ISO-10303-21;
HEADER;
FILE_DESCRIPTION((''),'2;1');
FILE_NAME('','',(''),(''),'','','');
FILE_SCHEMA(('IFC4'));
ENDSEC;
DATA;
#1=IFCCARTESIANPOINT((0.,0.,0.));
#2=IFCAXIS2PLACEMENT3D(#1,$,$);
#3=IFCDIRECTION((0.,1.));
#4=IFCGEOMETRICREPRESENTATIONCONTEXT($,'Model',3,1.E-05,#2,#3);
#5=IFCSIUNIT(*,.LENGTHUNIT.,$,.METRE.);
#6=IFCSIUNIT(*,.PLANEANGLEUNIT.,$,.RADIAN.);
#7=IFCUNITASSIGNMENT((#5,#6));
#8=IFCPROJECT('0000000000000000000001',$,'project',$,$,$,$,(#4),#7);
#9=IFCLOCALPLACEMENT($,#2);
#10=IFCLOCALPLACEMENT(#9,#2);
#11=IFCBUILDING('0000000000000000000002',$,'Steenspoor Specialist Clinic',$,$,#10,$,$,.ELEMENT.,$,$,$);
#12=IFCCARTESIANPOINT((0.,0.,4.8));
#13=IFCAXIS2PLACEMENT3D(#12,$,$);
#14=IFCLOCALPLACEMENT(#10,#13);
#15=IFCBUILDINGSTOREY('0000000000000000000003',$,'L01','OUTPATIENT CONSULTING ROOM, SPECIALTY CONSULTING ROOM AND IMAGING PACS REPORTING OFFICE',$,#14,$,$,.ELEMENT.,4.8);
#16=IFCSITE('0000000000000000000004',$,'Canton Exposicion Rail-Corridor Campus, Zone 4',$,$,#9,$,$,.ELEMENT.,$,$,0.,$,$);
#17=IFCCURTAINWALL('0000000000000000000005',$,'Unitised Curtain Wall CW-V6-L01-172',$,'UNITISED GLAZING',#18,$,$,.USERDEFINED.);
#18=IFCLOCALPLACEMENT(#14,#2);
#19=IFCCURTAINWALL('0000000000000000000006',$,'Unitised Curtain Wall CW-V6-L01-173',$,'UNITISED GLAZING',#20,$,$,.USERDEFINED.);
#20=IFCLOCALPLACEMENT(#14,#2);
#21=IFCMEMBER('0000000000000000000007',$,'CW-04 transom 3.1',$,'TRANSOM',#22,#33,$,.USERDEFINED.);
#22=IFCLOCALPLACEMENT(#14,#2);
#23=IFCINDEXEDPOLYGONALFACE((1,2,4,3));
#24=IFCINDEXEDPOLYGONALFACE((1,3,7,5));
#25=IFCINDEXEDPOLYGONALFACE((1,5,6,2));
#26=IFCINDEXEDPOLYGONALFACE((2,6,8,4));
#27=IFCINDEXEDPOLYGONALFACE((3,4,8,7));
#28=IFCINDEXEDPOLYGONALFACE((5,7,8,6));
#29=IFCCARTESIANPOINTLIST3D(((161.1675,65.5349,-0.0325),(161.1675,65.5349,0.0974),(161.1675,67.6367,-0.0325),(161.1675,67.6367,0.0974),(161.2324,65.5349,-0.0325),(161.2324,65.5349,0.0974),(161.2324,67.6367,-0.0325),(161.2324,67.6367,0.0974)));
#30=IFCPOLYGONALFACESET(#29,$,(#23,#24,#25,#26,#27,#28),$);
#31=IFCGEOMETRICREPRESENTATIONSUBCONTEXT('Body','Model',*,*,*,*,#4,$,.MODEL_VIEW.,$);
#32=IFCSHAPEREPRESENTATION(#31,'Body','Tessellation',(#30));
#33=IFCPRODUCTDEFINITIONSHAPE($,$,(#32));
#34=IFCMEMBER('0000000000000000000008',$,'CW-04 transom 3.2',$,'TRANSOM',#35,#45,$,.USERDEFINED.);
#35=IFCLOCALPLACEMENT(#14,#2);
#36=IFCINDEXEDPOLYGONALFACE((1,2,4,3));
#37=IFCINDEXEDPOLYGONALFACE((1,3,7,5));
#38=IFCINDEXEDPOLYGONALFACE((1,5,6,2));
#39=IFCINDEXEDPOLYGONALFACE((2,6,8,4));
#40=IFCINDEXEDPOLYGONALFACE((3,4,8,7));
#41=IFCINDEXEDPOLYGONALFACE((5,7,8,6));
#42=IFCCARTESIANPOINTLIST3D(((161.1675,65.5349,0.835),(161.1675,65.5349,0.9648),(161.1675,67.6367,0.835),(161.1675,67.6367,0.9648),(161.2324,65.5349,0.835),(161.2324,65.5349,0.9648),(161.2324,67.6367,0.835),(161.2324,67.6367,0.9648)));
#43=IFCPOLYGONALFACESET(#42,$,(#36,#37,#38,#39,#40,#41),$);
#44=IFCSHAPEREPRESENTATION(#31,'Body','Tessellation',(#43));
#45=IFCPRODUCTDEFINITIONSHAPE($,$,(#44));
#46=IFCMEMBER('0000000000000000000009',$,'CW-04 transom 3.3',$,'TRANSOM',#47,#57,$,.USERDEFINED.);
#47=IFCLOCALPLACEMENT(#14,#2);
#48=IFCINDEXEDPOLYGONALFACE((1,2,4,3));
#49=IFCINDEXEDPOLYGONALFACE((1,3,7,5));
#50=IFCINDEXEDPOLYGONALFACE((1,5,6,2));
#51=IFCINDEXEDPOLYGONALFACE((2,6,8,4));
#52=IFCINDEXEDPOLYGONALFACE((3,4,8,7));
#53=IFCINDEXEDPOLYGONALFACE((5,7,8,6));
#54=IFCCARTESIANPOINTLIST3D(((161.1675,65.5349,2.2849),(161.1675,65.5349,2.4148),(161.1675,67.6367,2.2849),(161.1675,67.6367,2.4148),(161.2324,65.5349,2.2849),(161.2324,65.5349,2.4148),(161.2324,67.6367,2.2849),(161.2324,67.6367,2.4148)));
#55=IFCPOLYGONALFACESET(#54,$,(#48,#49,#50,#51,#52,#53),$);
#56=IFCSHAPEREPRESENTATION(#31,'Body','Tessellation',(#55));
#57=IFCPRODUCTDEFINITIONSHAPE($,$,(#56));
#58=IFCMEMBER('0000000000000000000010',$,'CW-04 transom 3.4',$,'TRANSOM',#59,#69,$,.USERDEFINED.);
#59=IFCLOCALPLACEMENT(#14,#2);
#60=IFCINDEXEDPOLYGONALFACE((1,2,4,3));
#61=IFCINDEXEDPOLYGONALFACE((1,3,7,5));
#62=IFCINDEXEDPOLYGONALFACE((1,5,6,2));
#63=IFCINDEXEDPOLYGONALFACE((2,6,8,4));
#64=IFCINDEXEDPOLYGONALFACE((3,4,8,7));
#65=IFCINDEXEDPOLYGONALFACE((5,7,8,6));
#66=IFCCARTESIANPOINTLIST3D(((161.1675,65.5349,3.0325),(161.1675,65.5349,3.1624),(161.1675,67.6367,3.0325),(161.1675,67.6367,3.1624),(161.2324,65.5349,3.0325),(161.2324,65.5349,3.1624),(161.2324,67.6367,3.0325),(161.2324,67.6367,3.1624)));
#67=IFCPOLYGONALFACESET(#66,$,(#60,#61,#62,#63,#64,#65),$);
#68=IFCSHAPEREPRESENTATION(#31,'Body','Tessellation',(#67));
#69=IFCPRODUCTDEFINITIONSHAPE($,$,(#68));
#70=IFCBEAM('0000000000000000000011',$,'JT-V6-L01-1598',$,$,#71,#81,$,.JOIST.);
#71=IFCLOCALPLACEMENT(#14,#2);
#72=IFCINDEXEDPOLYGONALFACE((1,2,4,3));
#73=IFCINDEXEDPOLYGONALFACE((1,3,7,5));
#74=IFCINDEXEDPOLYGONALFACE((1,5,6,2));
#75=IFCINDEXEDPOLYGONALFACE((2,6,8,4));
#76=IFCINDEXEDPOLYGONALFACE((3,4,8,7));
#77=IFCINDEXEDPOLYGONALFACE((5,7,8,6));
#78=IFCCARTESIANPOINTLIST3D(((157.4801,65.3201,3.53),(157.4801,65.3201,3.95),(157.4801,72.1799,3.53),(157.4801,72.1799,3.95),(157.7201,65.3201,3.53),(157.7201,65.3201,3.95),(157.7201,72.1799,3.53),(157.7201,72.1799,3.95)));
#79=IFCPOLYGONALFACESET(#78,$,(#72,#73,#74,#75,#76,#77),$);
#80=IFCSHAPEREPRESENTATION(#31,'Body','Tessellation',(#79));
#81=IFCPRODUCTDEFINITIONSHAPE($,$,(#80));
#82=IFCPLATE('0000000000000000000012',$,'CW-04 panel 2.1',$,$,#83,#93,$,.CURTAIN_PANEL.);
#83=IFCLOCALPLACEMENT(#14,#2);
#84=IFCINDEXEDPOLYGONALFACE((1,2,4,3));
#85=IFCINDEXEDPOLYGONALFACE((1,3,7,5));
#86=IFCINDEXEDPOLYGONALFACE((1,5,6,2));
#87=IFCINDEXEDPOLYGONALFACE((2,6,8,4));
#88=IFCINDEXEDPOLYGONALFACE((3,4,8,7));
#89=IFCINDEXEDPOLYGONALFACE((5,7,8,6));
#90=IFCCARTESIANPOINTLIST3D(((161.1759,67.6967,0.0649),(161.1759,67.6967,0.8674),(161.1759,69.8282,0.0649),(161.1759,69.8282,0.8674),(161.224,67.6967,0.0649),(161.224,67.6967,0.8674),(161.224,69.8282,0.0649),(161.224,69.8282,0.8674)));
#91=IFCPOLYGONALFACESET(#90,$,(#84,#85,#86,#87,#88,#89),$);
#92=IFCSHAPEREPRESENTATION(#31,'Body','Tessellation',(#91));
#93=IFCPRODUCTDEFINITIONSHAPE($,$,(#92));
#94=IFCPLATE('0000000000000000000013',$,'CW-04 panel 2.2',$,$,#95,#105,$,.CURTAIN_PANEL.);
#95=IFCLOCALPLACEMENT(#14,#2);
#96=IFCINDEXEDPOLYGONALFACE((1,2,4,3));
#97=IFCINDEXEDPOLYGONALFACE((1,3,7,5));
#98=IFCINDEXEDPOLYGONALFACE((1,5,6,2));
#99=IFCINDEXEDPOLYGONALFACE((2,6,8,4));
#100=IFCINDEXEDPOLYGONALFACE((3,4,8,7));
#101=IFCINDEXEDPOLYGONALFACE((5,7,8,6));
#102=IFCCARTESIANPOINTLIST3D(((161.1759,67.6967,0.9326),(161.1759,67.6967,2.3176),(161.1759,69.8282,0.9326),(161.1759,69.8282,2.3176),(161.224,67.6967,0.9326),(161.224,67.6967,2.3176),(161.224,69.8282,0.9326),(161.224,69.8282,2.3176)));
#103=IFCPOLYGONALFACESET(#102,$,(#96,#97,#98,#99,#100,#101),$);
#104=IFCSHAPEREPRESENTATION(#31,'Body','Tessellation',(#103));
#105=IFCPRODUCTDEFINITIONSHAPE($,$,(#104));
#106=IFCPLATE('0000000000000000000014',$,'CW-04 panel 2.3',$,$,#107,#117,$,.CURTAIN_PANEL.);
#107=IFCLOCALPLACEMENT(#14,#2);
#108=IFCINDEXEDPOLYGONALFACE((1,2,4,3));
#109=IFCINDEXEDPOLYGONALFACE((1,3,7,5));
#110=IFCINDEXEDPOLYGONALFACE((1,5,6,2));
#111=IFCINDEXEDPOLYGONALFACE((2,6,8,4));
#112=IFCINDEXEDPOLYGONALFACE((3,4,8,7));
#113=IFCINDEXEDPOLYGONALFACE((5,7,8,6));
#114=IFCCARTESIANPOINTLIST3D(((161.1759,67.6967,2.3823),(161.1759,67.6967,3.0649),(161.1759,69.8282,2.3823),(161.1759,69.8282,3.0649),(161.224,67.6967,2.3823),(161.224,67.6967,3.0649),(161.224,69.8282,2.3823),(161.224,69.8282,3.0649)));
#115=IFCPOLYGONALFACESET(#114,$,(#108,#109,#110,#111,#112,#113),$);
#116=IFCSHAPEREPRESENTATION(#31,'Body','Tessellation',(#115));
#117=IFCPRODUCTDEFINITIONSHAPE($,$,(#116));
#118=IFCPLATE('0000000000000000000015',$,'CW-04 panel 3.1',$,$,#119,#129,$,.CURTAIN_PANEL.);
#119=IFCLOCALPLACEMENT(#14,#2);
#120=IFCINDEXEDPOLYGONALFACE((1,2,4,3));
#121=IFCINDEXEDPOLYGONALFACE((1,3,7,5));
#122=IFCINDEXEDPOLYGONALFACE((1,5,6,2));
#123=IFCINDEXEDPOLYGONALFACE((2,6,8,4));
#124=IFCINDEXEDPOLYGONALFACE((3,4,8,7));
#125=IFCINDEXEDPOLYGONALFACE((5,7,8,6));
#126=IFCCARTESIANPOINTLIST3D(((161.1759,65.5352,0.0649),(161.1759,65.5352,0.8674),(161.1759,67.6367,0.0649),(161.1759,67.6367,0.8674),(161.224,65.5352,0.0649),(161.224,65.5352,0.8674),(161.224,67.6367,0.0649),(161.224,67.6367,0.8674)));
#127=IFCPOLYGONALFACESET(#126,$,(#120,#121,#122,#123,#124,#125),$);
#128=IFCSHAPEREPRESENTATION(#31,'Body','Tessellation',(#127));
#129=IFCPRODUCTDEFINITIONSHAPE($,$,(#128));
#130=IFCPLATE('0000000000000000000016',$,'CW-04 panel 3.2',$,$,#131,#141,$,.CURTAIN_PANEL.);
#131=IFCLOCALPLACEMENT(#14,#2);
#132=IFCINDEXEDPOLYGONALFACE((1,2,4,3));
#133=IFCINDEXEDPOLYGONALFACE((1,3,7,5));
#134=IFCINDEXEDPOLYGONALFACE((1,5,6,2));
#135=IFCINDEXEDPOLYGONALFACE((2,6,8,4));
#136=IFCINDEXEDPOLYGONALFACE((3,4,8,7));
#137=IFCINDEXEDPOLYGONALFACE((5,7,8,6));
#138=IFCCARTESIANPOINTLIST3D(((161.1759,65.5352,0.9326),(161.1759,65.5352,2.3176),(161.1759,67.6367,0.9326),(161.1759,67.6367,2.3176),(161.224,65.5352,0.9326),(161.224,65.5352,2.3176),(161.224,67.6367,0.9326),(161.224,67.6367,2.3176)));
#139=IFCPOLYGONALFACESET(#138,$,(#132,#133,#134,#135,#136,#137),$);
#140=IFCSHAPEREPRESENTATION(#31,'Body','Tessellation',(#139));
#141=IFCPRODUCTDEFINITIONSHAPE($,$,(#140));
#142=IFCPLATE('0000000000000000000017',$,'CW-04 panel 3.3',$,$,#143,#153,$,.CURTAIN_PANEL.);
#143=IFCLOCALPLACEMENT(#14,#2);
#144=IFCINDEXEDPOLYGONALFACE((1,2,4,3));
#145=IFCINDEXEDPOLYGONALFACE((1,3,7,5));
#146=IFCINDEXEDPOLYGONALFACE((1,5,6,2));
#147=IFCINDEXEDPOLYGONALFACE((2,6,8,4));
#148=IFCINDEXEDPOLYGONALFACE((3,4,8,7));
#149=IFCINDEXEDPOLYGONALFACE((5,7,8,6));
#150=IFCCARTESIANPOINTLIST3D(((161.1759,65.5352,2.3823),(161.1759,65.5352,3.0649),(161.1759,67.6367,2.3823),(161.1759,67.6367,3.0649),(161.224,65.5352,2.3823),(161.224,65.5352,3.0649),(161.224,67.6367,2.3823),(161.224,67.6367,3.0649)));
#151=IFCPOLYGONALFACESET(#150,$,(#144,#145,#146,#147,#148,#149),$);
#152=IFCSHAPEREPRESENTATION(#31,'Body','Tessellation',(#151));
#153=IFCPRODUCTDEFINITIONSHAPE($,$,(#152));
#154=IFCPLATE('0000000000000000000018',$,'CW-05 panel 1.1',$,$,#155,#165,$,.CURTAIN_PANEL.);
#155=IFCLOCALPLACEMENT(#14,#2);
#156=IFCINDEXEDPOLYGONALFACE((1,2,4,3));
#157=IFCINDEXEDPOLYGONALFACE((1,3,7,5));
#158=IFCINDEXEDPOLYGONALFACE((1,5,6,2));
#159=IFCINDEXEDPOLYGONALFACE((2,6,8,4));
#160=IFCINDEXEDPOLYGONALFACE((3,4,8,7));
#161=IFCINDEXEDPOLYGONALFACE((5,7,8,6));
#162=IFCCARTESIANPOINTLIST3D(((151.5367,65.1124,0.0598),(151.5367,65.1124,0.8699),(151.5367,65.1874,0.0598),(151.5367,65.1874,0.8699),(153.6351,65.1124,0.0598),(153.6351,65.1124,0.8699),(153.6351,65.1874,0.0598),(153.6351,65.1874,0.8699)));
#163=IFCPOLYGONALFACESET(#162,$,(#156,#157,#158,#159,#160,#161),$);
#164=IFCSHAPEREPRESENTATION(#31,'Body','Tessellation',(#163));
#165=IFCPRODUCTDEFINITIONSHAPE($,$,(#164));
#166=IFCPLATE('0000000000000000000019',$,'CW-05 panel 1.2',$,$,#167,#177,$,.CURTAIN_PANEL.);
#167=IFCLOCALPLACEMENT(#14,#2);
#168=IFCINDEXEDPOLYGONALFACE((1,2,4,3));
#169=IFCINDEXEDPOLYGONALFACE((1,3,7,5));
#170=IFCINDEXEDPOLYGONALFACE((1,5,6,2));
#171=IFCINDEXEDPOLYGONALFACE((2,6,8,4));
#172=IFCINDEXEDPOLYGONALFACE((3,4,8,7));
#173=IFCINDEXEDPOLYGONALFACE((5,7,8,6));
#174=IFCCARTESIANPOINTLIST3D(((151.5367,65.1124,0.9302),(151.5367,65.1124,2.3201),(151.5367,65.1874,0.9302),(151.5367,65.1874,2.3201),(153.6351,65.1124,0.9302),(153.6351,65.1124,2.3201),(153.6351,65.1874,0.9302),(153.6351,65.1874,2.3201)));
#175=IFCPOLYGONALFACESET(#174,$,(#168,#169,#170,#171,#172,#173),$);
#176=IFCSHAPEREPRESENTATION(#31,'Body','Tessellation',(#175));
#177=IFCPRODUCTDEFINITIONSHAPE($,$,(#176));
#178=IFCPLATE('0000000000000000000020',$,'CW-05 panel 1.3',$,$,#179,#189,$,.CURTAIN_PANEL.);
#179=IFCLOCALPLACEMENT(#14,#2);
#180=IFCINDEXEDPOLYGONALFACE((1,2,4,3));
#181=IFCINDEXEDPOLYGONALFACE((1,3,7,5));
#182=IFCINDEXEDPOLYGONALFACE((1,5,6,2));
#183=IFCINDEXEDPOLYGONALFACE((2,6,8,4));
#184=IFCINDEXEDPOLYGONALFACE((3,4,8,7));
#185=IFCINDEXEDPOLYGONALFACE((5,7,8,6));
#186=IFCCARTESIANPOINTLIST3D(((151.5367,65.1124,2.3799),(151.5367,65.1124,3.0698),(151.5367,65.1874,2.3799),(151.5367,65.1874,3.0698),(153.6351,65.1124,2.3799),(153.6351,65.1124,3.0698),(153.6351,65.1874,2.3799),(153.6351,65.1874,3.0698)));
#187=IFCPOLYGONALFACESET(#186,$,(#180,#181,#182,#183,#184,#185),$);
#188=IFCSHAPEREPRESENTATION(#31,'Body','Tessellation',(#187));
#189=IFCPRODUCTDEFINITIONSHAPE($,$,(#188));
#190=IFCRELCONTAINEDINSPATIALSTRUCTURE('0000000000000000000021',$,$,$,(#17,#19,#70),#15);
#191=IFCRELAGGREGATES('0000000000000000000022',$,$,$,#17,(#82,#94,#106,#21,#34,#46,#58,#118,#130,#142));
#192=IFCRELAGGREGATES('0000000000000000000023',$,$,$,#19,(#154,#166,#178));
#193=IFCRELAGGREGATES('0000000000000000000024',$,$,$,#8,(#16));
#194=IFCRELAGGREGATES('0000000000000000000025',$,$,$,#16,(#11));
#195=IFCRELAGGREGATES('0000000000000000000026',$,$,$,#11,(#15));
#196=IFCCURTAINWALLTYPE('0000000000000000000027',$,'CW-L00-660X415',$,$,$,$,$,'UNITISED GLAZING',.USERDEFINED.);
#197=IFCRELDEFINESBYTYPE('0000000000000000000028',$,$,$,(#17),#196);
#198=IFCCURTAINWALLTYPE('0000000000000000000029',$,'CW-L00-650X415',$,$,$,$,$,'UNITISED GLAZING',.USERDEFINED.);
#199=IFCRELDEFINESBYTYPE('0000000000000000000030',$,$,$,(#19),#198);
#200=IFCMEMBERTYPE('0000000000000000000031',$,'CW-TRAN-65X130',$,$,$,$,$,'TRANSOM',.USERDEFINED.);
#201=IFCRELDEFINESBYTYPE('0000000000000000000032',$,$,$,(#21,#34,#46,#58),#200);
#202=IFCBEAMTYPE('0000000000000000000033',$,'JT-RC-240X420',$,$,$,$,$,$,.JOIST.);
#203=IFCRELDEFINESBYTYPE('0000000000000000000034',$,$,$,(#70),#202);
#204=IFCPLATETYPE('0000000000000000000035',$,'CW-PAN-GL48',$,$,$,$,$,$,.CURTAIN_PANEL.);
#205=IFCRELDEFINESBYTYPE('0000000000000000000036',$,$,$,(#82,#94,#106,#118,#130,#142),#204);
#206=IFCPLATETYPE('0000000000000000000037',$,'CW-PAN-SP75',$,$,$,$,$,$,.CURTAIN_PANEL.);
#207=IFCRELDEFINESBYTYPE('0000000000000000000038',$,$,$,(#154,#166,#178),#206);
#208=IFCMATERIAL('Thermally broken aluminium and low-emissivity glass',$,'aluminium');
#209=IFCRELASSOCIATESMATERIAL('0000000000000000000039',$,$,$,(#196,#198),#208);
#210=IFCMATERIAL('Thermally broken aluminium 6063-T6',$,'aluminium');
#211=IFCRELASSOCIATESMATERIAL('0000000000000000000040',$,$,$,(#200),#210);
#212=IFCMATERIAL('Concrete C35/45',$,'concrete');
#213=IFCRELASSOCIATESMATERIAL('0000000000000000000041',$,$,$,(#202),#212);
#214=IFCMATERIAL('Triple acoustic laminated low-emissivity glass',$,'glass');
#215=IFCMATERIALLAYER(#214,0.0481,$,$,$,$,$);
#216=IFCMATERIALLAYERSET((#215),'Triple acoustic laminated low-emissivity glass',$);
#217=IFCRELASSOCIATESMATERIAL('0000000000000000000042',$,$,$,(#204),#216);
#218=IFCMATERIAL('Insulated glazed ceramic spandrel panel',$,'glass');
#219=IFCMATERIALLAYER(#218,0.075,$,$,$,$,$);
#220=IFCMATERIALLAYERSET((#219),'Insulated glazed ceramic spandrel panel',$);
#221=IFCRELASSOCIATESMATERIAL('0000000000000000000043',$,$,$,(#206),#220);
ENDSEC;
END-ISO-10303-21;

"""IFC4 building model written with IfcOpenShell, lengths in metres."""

from ifc_helpers import new_model, si_unit, direction, frame, origin, origin_2d, place, context, subcontext, project, spatial, rectangle, extrude, material, layer, layer_set, material_profile, profile_set, type_object, element, aggregate, save


model = new_model("IFC4")

# Units and contexts
model_context = context("Model", 3, precision=1e-05, world=origin(), true_north=direction((0.0, 1.0)))
body_context = subcontext(model_context, "Body", "Model", "MODEL_VIEW")
ifc_project = project(units=[si_unit("LENGTHUNIT", "METRE"), si_unit("PLANEANGLEUNIT", "RADIAN")], contexts=[model_context])

# Site, building, storey
site_placement = place(None, origin())
site = spatial("IfcSite", under=ifc_project, at=site_placement, Name="Canton Exposicion Rail-Corridor Campus, Zone 4", CompositionType="ELEMENT", RefElevation=0.0)
building_placement = place(site_placement, origin())
building = spatial("IfcBuilding", under=site, at=building_placement, Name="Steenspoor Specialist Clinic", CompositionType="ELEMENT")
storey_placement = place(building_placement, frame((0.0, 0.0, 4.8)))
storey = spatial("IfcBuildingStorey", under=building, at=storey_placement, Name="L01", Description="OUTPATIENT CONSULTING ROOM, SPECIALTY CONSULTING ROOM AND IMAGING PACS REPORTING OFFICE", CompositionType="ELEMENT", Elevation=4.8)

# Shared definitions
ifc_material_1 = material(Name="Concrete C35/45", Category="concrete")

# Curtain walls
ifc_material_2 = material(Name="Thermally broken aluminium and low-emissivity glass", Category="aluminium")
curtain_wall_type_1 = type_object("IfcCurtainWallType", Name="CW-L00-660X415", ElementType="UNITISED GLAZING", PredefinedType="USERDEFINED", material=ifc_material_2)
curtain_wall_1_placement = place(storey_placement, origin())
curtain_wall_1 = element("IfcCurtainWall", 1, at=curtain_wall_1_placement, inside=storey, type_object=curtain_wall_type_1, Name="Unitised Curtain Wall CW-V6-L01-172", ObjectType="UNITISED GLAZING", PredefinedType="USERDEFINED")
ifc_material_3 = material(Name="Thermally broken aluminium 6063-T6", Category="aluminium")
curtain_wall_type_2 = type_object("IfcCurtainWallType", Name="CW-L00-650X415", ElementType="UNITISED GLAZING", PredefinedType="USERDEFINED", material=ifc_material_2)
curtain_wall_2_placement = place(storey_placement, origin())
curtain_wall_2 = element("IfcCurtainWall", 2, at=curtain_wall_2_placement, inside=storey, type_object=curtain_wall_type_2, Name="Unitised Curtain Wall CW-V6-L01-173", ObjectType="UNITISED GLAZING", PredefinedType="USERDEFINED")

# Members
ifc_material_profile_1 = material_profile(ifc_material_3, rectangle(XDim=0.0649, YDim=0.1299, at=origin_2d()), Name="CWT-65X130")
ifc_profile_set_1 = profile_set([ifc_material_profile_1], Name="Thermally broken aluminium 6063-T6")
member_type_1 = type_object("IfcMemberType", Name="CW-TRAN-65X130", ElementType="TRANSOM", PredefinedType="USERDEFINED", material=ifc_profile_set_1)
member_1_placement = place(storey_placement, frame((161.2, 67.6367, 0.0325), z_axis=(0.0, -1.0, 0.0), x_axis=(1.0, 0.0, 0.0)))
member_1 = element("IfcMember", 3, at=member_1_placement, type_object=member_type_1, Name="CW-04 transom 3.1", ObjectType="TRANSOM", PredefinedType="USERDEFINED", context=body_context, shape_type="SweptSolid", body=[
    extrude(rectangle(XDim=0.0649, YDim=0.1299, at=origin_2d()), origin(), (0.0, 0.0, 1.0), 2.1018),
])
member_2_placement = place(storey_placement, frame((161.2, 67.6367, 0.8999), z_axis=(0.0, -1.0, 0.0), x_axis=(1.0, 0.0, 0.0)))
member_2 = element("IfcMember", 4, at=member_2_placement, type_object=member_type_1, Name="CW-04 transom 3.2", ObjectType="TRANSOM", PredefinedType="USERDEFINED", context=body_context, shape_type="SweptSolid", body=[
    extrude(rectangle(XDim=0.0649, YDim=0.1299, at=origin_2d()), origin(), (0.0, 0.0, 1.0), 2.1018),
])
member_3_placement = place(storey_placement, frame((161.2, 67.6367, 2.3499), z_axis=(0.0, -1.0, 0.0), x_axis=(1.0, 0.0, 0.0)))
member_3 = element("IfcMember", 5, at=member_3_placement, type_object=member_type_1, Name="CW-04 transom 3.3", ObjectType="TRANSOM", PredefinedType="USERDEFINED", context=body_context, shape_type="SweptSolid", body=[
    extrude(rectangle(XDim=0.0649, YDim=0.1299, at=origin_2d()), origin(), (0.0, 0.0, 1.0), 2.1018),
])
member_4_placement = place(storey_placement, frame((161.2, 67.6367, 3.0974), z_axis=(0.0, -1.0, 0.0), x_axis=(1.0, 0.0, 0.0)))
member_4 = element("IfcMember", 6, at=member_4_placement, type_object=member_type_1, Name="CW-04 transom 3.4", ObjectType="TRANSOM", PredefinedType="USERDEFINED", context=body_context, shape_type="SweptSolid", body=[
    extrude(rectangle(XDim=0.0649, YDim=0.1299, at=origin_2d()), origin(), (0.0, 0.0, 1.0), 2.1018),
])

# Beam
ifc_material_profile_2 = material_profile(ifc_material_1, rectangle(XDim=0.24, YDim=0.4199, at=origin_2d()), Name="RC-JT-240X420")
ifc_profile_set_2 = profile_set([ifc_material_profile_2], Name="Concrete C35/45")
beam_type_1 = type_object("IfcBeamType", Name="JT-RC-240X420", PredefinedType="JOIST", material=ifc_profile_set_2)
beam_1_placement = place(storey_placement, frame((157.6001, 65.3201, 3.74), z_axis=(0.0, 1.0, 0.0), x_axis=(-1.0, 0.0, 0.0)))
element("IfcBeam", 7, at=beam_1_placement, inside=storey, type_object=beam_type_1, Name="JT-V6-L01-1598", PredefinedType="JOIST", context=body_context, shape_type="SweptSolid", body=[
    extrude(rectangle(XDim=0.24, YDim=0.4199, at=origin_2d()), origin(), (0.0, 0.0, 1.0), 6.8599),
])

# Plates
ifc_material_4 = material(Name="Triple acoustic laminated low-emissivity glass", Category="glass")
ifc_layer_1 = layer(ifc_material_4, 0.0481)
ifc_layer_set_1 = layer_set([ifc_layer_1], Name="Triple acoustic laminated low-emissivity glass")
plate_type_1 = type_object("IfcPlateType", Name="CW-PAN-GL48", PredefinedType="CURTAIN_PANEL", material=ifc_layer_set_1)
plate_1_placement = place(storey_placement, frame((161.2, 68.7625, 0.0649), z_axis=(0.0, 0.0, 1.0), x_axis=(0.0, -1.0, 0.0)))
plate_1 = element("IfcPlate", 8, at=plate_1_placement, type_object=plate_type_1, Name="CW-04 panel 2.1", PredefinedType="CURTAIN_PANEL", context=body_context, shape_type="SweptSolid", body=[
    extrude(rectangle(XDim=2.1316, YDim=0.0481, at=origin_2d()), origin(), (0.0, 0.0, 1.0), 0.8025),
])
plate_2_placement = place(storey_placement, frame((161.2, 68.7625, 0.9326), z_axis=(0.0, 0.0, 1.0), x_axis=(0.0, -1.0, 0.0)))
plate_2 = element("IfcPlate", 9, at=plate_2_placement, type_object=plate_type_1, Name="CW-04 panel 2.2", PredefinedType="CURTAIN_PANEL", context=body_context, shape_type="SweptSolid", body=[
    extrude(rectangle(XDim=2.1316, YDim=0.0481, at=origin_2d()), origin(), (0.0, 0.0, 1.0), 1.385),
])
plate_3_placement = place(storey_placement, frame((161.2, 68.7625, 2.3823), z_axis=(0.0, 0.0, 1.0), x_axis=(0.0, -1.0, 0.0)))
plate_3 = element("IfcPlate", 10, at=plate_3_placement, type_object=plate_type_1, Name="CW-04 panel 2.3", PredefinedType="CURTAIN_PANEL", context=body_context, shape_type="SweptSolid", body=[
    extrude(rectangle(XDim=2.1316, YDim=0.0481, at=origin_2d()), origin(), (0.0, 0.0, 1.0), 0.6826),
])
plate_4_placement = place(storey_placement, frame((161.2, 66.5859, 0.0649), z_axis=(0.0, 0.0, 1.0), x_axis=(0.0, -1.0, 0.0)))
plate_4 = element("IfcPlate", 11, at=plate_4_placement, type_object=plate_type_1, Name="CW-04 panel 3.1", PredefinedType="CURTAIN_PANEL", context=body_context, shape_type="SweptSolid", body=[
    extrude(rectangle(XDim=2.1016, YDim=0.0481, at=origin_2d()), origin(), (0.0, 0.0, 1.0), 0.8025),
])
plate_5_placement = place(storey_placement, frame((161.2, 66.5859, 0.9326), z_axis=(0.0, 0.0, 1.0), x_axis=(0.0, -1.0, 0.0)))
plate_5 = element("IfcPlate", 12, at=plate_5_placement, type_object=plate_type_1, Name="CW-04 panel 3.2", PredefinedType="CURTAIN_PANEL", context=body_context, shape_type="SweptSolid", body=[
    extrude(rectangle(XDim=2.1016, YDim=0.0481, at=origin_2d()), origin(), (0.0, 0.0, 1.0), 1.385),
])
plate_6_placement = place(storey_placement, frame((161.2, 66.5859, 2.3823), z_axis=(0.0, 0.0, 1.0), x_axis=(0.0, -1.0, 0.0)))
plate_6 = element("IfcPlate", 13, at=plate_6_placement, type_object=plate_type_1, Name="CW-04 panel 3.3", PredefinedType="CURTAIN_PANEL", context=body_context, shape_type="SweptSolid", body=[
    extrude(rectangle(XDim=2.1016, YDim=0.0481, at=origin_2d()), origin(), (0.0, 0.0, 1.0), 0.6826),
])
aggregate(curtain_wall_1, [plate_1, plate_2, plate_3, member_1, member_2, member_3, member_4, plate_4, plate_5, plate_6])
ifc_material_5 = material(Name="Insulated glazed ceramic spandrel panel", Category="glass")
ifc_layer_2 = layer(ifc_material_5, 0.075)
ifc_layer_set_2 = layer_set([ifc_layer_2], Name="Insulated glazed ceramic spandrel panel")
plate_type_2 = type_object("IfcPlateType", Name="CW-PAN-SP75", PredefinedType="CURTAIN_PANEL", material=ifc_layer_set_2)
plate_7_placement = place(storey_placement, frame((152.5859, 65.1499, 0.0598), z_axis=(0.0, 0.0, 1.0), x_axis=(-1.0, 0.0, 0.0)))
plate_7 = element("IfcPlate", 14, at=plate_7_placement, type_object=plate_type_2, Name="CW-05 panel 1.1", PredefinedType="CURTAIN_PANEL", context=body_context, shape_type="SweptSolid", body=[
    extrude(rectangle(XDim=2.0984, YDim=0.075, at=origin_2d()), origin(), (0.0, 0.0, 1.0), 0.8101),
])
plate_8_placement = place(storey_placement, frame((152.5859, 65.1499, 0.9302), z_axis=(0.0, 0.0, 1.0), x_axis=(-1.0, 0.0, 0.0)))
plate_8 = element("IfcPlate", 15, at=plate_8_placement, type_object=plate_type_2, Name="CW-05 panel 1.2", PredefinedType="CURTAIN_PANEL", context=body_context, shape_type="SweptSolid", body=[
    extrude(rectangle(XDim=2.0984, YDim=0.075, at=origin_2d()), origin(), (0.0, 0.0, 1.0), 1.3899),
])
plate_9_placement = place(storey_placement, frame((152.5859, 65.1499, 2.3799), z_axis=(0.0, 0.0, 1.0), x_axis=(-1.0, 0.0, 0.0)))
plate_9 = element("IfcPlate", 16, at=plate_9_placement, type_object=plate_type_2, Name="CW-05 panel 1.3", PredefinedType="CURTAIN_PANEL", context=body_context, shape_type="SweptSolid", body=[
    extrude(rectangle(XDim=2.0984, YDim=0.075, at=origin_2d()), origin(), (0.0, 0.0, 1.0), 0.6899),
])
aggregate(curtain_wall_2, [plate_7, plate_8, plate_9])

save(model, "model.ifc")
